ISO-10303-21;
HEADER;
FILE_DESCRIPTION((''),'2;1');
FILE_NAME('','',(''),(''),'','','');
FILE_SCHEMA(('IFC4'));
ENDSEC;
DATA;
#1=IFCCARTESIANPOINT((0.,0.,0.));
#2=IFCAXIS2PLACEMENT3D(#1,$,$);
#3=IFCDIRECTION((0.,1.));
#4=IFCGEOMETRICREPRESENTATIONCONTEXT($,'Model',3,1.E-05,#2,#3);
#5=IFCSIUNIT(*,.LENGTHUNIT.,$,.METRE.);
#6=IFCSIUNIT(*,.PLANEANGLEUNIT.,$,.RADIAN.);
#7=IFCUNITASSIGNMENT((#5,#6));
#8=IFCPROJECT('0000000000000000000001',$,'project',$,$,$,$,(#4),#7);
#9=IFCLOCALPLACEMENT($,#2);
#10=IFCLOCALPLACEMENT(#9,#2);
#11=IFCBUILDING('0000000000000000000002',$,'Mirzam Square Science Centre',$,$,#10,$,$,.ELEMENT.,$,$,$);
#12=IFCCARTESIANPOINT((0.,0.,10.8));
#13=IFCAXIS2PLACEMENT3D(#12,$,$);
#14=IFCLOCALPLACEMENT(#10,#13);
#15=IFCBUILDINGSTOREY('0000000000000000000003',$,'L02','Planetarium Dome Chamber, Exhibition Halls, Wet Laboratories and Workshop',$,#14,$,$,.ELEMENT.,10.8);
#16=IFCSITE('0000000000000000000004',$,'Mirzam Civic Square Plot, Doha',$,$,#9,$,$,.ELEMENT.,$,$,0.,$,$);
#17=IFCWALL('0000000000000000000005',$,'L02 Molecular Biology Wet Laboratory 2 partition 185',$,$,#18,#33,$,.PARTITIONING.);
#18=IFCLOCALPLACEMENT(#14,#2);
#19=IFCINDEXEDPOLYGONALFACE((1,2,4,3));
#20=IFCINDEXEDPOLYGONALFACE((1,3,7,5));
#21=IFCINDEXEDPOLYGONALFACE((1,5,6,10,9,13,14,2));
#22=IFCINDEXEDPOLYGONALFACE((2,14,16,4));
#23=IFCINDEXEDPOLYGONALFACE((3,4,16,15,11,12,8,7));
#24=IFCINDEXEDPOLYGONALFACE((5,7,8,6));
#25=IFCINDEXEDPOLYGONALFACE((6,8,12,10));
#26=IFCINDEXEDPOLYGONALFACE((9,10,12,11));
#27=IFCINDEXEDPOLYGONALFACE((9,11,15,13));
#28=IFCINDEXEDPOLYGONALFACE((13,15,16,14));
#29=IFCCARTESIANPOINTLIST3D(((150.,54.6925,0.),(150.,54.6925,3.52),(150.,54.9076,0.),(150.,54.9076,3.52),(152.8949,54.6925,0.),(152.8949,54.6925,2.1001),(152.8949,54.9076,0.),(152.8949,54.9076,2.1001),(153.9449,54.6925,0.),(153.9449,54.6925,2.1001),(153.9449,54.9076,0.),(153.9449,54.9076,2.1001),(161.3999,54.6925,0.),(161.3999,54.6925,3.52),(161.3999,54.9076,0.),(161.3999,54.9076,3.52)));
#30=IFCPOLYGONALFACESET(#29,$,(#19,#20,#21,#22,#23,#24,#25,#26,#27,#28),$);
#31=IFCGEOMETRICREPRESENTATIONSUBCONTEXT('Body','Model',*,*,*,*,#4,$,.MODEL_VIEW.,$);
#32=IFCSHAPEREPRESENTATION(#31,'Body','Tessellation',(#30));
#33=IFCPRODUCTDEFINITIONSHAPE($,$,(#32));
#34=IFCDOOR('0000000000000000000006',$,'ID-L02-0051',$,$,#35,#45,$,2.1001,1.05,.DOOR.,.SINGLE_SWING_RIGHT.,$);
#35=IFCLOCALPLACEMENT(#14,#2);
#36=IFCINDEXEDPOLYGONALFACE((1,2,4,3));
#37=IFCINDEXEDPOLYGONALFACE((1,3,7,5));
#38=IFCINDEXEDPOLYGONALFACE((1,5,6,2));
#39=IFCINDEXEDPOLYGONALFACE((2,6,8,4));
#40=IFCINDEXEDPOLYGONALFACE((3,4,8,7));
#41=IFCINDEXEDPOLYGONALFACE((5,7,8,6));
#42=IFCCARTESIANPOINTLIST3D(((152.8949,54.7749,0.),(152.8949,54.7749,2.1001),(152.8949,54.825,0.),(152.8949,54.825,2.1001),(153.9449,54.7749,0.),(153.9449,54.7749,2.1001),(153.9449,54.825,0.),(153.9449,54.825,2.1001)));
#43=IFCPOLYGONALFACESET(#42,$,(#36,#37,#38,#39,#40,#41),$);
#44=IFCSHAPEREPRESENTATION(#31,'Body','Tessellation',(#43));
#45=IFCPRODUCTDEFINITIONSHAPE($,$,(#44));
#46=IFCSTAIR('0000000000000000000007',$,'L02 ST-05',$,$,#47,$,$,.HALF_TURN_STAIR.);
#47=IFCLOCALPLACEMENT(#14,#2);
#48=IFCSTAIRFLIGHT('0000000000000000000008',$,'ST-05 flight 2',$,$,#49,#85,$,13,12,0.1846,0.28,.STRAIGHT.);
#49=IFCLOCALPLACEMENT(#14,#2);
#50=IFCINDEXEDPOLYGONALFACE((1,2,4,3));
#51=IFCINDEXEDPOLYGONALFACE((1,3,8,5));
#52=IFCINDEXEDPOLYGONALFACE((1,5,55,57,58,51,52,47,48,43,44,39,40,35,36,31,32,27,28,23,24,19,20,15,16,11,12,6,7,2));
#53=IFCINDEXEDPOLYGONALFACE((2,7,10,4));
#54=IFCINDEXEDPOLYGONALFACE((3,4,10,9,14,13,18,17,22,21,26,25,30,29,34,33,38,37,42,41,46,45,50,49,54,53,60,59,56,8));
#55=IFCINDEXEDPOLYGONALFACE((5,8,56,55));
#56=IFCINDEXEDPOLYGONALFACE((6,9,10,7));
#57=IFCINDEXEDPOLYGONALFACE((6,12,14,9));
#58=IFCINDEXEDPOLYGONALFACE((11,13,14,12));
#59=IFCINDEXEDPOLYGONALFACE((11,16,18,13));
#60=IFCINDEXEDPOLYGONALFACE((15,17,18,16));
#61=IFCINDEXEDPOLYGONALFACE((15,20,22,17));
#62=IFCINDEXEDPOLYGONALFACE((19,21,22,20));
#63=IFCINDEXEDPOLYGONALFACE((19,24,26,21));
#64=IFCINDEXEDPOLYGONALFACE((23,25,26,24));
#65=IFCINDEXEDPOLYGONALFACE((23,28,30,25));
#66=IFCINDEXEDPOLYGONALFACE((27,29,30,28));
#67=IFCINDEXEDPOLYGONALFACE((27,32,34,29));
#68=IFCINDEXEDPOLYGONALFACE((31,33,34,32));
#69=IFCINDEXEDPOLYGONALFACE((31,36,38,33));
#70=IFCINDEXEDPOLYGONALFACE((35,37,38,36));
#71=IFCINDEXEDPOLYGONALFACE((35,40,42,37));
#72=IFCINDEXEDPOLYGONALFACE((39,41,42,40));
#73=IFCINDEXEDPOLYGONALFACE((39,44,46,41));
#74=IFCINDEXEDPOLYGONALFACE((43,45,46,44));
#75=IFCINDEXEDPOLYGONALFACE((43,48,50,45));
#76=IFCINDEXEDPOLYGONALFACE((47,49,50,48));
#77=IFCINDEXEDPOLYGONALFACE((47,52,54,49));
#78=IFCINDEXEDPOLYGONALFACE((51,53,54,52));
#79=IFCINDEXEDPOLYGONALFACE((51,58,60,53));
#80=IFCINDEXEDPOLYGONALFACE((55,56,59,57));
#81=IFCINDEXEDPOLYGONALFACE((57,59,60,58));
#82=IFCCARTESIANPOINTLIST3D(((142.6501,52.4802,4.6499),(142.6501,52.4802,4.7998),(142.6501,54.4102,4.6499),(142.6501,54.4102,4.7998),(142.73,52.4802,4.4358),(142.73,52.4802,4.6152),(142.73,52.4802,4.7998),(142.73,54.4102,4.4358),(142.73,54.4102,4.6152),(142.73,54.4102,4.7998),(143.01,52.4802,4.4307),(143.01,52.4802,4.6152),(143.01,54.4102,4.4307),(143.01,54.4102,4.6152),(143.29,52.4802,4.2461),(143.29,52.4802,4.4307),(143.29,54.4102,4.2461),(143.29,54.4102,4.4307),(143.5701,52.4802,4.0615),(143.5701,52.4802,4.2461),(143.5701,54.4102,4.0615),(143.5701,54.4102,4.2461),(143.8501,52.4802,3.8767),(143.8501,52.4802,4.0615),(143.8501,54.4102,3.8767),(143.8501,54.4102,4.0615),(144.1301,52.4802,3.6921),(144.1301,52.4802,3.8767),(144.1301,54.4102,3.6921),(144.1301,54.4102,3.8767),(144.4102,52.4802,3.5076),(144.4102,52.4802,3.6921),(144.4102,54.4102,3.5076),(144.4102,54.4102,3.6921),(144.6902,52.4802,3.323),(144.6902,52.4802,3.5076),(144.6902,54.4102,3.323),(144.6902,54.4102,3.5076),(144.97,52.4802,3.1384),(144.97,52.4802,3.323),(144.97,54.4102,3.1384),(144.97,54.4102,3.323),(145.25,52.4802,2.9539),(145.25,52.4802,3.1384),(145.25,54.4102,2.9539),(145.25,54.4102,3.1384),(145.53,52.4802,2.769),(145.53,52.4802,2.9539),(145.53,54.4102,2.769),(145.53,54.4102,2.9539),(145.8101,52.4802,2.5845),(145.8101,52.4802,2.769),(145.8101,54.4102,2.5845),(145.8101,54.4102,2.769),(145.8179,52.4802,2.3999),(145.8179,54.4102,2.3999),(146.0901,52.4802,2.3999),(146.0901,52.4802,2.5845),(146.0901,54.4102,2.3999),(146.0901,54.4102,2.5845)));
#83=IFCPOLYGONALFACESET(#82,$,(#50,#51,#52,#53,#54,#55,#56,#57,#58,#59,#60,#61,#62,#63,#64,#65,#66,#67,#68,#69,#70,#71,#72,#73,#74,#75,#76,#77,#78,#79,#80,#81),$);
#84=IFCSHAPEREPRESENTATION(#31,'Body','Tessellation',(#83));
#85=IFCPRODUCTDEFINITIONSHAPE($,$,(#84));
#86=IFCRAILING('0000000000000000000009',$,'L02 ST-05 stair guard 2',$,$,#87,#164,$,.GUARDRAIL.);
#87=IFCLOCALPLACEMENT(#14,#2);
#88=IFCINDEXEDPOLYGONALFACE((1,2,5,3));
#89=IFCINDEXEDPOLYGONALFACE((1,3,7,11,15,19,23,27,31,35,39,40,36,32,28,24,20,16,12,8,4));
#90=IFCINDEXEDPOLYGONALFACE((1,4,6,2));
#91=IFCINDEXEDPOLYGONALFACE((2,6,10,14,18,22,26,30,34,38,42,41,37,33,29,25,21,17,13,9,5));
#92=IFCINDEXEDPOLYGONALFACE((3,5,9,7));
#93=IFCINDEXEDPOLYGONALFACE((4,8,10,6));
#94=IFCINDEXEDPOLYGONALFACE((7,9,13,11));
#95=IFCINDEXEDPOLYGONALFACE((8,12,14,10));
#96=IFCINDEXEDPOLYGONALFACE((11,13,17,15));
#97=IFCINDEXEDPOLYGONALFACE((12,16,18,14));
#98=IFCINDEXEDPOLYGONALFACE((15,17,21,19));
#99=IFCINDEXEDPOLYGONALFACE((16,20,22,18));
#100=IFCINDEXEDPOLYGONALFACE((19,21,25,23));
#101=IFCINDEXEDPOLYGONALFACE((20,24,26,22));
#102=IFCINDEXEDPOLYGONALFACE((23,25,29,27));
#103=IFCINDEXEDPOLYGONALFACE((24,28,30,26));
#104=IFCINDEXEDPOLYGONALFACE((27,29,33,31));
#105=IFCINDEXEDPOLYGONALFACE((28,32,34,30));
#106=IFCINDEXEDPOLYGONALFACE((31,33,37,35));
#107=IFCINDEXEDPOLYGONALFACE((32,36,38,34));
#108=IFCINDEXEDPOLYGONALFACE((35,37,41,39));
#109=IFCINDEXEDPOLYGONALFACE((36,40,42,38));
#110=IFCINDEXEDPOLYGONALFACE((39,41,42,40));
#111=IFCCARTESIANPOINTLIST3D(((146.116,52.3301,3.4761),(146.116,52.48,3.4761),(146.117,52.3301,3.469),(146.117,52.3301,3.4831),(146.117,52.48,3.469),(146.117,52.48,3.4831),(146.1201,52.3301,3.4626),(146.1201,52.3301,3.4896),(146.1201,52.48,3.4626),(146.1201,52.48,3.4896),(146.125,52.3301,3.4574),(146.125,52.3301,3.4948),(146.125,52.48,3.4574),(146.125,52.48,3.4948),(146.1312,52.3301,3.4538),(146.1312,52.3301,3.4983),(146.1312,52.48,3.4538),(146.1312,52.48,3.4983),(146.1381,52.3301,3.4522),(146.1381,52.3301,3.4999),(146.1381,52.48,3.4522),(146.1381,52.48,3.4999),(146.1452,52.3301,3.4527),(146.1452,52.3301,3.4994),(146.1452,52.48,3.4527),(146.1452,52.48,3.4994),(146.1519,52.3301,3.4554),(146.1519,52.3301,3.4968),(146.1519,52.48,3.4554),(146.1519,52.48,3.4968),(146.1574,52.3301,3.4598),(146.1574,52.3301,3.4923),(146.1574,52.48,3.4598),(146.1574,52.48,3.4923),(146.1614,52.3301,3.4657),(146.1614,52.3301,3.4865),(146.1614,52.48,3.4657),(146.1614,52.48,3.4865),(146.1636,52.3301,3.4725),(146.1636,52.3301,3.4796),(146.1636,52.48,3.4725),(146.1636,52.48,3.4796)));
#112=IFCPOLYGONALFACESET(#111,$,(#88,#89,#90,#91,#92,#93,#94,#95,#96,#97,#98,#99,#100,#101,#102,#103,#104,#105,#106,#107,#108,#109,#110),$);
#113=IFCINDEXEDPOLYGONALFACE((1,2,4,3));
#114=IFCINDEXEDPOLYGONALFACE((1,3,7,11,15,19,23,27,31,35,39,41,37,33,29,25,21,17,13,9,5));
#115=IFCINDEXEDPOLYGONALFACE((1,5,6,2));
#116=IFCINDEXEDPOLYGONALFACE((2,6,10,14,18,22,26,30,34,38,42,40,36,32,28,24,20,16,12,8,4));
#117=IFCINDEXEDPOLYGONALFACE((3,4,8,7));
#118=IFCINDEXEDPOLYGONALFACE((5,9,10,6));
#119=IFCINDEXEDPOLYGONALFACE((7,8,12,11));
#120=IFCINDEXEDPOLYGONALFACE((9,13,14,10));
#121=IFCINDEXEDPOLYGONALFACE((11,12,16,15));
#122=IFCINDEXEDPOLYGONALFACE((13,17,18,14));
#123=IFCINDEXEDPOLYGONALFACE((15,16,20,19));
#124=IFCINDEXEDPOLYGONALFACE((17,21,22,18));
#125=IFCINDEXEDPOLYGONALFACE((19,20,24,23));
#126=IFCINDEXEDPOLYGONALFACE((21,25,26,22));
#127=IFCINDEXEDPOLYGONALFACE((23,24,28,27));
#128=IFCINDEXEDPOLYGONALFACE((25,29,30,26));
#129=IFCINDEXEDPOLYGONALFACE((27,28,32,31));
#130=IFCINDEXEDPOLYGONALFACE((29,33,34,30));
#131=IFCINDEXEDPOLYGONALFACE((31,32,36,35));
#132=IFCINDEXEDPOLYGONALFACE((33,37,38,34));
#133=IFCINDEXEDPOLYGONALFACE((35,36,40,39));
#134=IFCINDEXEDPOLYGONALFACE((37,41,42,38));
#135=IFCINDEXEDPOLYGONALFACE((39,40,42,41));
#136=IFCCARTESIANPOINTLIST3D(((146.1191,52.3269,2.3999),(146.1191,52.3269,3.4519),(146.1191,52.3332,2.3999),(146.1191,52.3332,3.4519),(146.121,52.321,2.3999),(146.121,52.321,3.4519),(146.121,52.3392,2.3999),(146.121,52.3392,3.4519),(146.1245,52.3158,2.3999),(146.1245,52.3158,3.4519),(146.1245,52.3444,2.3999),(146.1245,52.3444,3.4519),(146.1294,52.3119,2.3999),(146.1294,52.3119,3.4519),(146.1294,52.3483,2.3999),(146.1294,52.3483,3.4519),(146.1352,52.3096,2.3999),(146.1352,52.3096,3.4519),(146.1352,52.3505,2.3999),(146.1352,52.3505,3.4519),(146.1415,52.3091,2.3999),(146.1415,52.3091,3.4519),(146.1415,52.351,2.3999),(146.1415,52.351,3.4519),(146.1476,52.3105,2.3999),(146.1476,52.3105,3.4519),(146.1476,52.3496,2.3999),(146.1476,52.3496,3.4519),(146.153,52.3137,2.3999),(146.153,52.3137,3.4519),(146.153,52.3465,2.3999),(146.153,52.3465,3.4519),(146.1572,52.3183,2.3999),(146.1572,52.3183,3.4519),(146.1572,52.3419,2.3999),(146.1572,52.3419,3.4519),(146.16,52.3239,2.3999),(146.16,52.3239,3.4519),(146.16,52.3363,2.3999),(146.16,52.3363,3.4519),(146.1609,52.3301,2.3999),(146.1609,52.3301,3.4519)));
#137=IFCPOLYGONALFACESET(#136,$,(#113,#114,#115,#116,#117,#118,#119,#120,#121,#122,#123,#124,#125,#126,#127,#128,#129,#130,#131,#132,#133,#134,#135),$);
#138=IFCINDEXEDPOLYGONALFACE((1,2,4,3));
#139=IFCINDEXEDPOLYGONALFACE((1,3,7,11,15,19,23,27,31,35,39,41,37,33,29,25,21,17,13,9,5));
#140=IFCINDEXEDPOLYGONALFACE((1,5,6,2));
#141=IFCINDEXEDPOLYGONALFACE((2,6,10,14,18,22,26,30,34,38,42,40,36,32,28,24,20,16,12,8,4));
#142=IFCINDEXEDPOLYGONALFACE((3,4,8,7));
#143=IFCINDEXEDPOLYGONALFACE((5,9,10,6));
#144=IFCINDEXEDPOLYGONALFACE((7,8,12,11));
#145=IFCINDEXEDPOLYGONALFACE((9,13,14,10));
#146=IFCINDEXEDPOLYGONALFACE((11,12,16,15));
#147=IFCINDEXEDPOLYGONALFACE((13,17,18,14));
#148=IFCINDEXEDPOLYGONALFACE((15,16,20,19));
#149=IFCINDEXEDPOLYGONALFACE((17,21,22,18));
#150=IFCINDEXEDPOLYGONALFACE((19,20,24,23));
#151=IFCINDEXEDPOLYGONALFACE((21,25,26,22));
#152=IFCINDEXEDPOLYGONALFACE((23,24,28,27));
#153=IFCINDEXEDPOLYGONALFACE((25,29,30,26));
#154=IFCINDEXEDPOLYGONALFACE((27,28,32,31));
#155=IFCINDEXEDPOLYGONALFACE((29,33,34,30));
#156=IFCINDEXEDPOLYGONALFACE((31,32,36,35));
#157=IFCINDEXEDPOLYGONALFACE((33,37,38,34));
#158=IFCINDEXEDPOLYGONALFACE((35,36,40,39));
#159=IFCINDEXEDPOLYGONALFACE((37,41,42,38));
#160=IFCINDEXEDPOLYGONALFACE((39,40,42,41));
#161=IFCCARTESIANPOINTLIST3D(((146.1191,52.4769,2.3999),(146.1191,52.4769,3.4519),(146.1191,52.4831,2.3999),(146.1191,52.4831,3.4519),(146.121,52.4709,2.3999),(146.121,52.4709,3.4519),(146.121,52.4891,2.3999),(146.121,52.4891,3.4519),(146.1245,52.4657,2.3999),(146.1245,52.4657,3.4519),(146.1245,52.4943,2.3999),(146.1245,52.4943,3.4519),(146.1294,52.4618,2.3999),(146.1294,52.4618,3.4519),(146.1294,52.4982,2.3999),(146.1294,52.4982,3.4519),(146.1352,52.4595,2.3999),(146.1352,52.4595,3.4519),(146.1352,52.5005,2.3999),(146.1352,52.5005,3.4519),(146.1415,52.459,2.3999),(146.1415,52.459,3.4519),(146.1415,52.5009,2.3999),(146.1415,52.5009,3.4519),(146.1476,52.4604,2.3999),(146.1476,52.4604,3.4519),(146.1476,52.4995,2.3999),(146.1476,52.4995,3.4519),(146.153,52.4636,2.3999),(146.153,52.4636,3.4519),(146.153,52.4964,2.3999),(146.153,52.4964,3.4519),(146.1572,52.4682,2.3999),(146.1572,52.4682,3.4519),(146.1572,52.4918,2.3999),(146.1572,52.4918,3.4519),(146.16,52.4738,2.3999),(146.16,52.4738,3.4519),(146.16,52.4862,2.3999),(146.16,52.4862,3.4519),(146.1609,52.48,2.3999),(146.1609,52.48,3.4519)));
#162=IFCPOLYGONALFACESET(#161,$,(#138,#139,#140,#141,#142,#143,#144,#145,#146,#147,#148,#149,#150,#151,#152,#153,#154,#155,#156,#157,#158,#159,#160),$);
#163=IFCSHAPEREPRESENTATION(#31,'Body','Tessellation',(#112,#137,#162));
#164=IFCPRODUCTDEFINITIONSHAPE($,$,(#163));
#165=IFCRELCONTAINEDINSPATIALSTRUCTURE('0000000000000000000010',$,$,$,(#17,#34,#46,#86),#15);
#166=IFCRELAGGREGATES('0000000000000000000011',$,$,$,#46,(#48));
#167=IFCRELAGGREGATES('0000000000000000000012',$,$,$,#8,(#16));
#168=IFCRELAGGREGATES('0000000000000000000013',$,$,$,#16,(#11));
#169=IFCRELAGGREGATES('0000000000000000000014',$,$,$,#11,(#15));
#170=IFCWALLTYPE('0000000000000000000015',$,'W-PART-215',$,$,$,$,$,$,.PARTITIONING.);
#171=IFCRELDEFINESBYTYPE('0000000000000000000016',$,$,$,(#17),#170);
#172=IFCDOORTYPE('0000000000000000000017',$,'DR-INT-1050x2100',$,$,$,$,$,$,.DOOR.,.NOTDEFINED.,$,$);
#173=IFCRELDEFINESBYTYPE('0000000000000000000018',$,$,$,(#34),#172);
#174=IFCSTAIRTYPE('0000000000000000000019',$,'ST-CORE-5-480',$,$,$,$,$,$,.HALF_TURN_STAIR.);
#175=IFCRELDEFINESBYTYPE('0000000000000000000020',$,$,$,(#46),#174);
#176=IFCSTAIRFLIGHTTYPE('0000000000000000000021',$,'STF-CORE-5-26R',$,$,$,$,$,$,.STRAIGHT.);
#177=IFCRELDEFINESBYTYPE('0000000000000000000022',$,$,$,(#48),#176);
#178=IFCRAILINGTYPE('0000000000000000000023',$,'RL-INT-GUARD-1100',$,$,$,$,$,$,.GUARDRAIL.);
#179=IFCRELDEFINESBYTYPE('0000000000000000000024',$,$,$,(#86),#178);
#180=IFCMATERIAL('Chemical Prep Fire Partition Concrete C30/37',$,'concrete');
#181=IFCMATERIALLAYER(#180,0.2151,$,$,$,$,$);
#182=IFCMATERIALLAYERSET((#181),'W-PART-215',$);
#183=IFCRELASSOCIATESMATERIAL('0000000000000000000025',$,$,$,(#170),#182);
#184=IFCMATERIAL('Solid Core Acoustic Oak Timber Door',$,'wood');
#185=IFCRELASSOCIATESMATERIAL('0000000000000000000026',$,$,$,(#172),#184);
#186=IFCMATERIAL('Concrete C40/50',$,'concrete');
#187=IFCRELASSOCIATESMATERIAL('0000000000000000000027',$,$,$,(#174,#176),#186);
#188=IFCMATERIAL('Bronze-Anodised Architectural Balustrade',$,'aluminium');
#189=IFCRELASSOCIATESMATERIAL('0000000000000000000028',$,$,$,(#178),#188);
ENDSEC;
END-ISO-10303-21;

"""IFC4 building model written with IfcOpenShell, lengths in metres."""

from ifc_helpers import new_model, si_unit, direction, frame, frame_2d, origin, origin_2d, place, context, subcontext, project, spatial, polyline, rectangle, circle, outline, extrude, material, layer, layer_set, type_object, element, fill, aggregate, save


model = new_model("IFC4")

# Units and contexts
model_context = context("Model", 3, precision=1e-05, world=origin(), true_north=direction((0.0, 1.0)))
body_context = subcontext(model_context, "Body", "Model", "MODEL_VIEW")
ifc_project = project(units=[si_unit("LENGTHUNIT", "METRE"), si_unit("PLANEANGLEUNIT", "RADIAN")], contexts=[model_context])

# Site, building, storey
site_placement = place(None, origin())
site = spatial("IfcSite", under=ifc_project, at=site_placement, Name="Mirzam Civic Square Plot, Doha", CompositionType="ELEMENT", RefElevation=0.0)
building_placement = place(site_placement, origin())
building = spatial("IfcBuilding", under=site, at=building_placement, Name="Mirzam Square Science Centre", CompositionType="ELEMENT")
storey_placement = place(building_placement, frame((0.0, 0.0, 10.8)))
storey = spatial("IfcBuildingStorey", under=building, at=storey_placement, Name="L02", Description="Planetarium Dome Chamber, Exhibition Halls, Wet Laboratories and Workshop", CompositionType="ELEMENT", Elevation=10.8)

# Wall, opening, door
ifc_material_1 = material(Name="Chemical Prep Fire Partition Concrete C30/37", Category="concrete")
ifc_layer_1 = layer(ifc_material_1, 0.2151)
ifc_layer_set_1 = layer_set([ifc_layer_1], Name="W-PART-215")
wall_type_1 = type_object("IfcWallType", Name="W-PART-215", PredefinedType="PARTITIONING", material=ifc_layer_set_1)
wall_1_placement = place(storey_placement, frame((150.0, 54.8, 0.0), z_axis=(0.0, 0.0, 1.0), x_axis=(1.0, 0.0, 0.0)))
wall_1 = element("IfcWall", 1, at=wall_1_placement, inside=storey, type_object=wall_type_1, Name="L02 Molecular Biology Wet Laboratory 2 partition 185", PredefinedType="PARTITIONING", context=body_context, shape_type="SweptSolid", body=[
    extrude(rectangle(XDim=11.3999, YDim=0.2151, at=frame_2d((5.7, 0.0))), origin(), (0.0, 0.0, 1.0), 3.52),
])
opening_placement = place(wall_1_placement, frame((2.895, 0.0, 0.0)))
opening = element("IfcOpeningElement", 2, at=opening_placement, cuts=wall_1, PredefinedType="OPENING", context=body_context, shape_type="SweptSolid", body=[
    extrude(rectangle(XDim=1.05, YDim=2.1001, at=frame_2d((0.5249, 1.05))), frame((0.0, 0.1174, 0.0), z_axis=(0.0, -1.0, 0.0), x_axis=(1.0, 0.0, 0.0)), (0.0, 0.0, 1.0), 0.2351),
])
ifc_material_2 = material(Name="Solid Core Acoustic Oak Timber Door", Category="wood")
door_type = type_object("IfcDoorType", Name="DR-INT-1050x2100", OperationType="NOTDEFINED", PredefinedType="DOOR", material=ifc_material_2)
door_placement = place(opening_placement, origin())
door = element("IfcDoor", 3, at=door_placement, inside=storey, type_object=door_type, Name="ID-L02-0051", OperationType="SINGLE_SWING_RIGHT", OverallHeight=2.1001, OverallWidth=1.05, PredefinedType="DOOR", context=body_context, shape_type="SweptSolid", body=[
    extrude(rectangle(XDim=1.05, YDim=2.1001, at=frame_2d((0.5249, 1.05))), frame((0.0, 0.0249, 0.0), z_axis=(0.0, -1.0, 0.0), x_axis=(1.0, 0.0, 0.0)), (0.0, 0.0, 1.0), 0.05),
])
fill(opening, door)

# Stair, stair flight
ifc_material_3 = material(Name="Concrete C40/50", Category="concrete")
stair_type = type_object("IfcStairType", Name="ST-CORE-5-480", PredefinedType="HALF_TURN_STAIR", material=ifc_material_3)
stair_placement = place(storey_placement, origin())
stair = element("IfcStair", 4, at=stair_placement, inside=storey, type_object=stair_type, Name="L02 ST-05", PredefinedType="HALF_TURN_STAIR")
stair_flight_type = type_object("IfcStairFlightType", Name="STF-CORE-5-26R", PredefinedType="STRAIGHT", material=ifc_material_3)
stair_flight_placement = place(storey_placement, frame((146.0901, 53.4451, 2.3999), z_axis=(0.0, 0.0, 1.0), x_axis=(-1.0, 0.0, 0.0)))
stair_flight = element("IfcStairFlight", 5, at=stair_flight_placement, type_object=stair_flight_type, Name="ST-05 flight 2", NumberOfRisers=13, NumberOfTreads=12, PredefinedType="STRAIGHT", RiserHeight=0.1846, TreadLength=0.28, context=body_context, shape_type="SweptSolid", body=[
    extrude(outline(polyline([(0.0, 0.0), (0.0, 0.1846), (0.28, 0.1846), (0.28, 0.3691), (0.5601, 0.3691), (0.5601, 0.554), (0.8401, 0.554), (0.8401, 0.7385), (1.1201, 0.7385), (1.1201, 0.9231), (1.3999, 0.9231), (1.3999, 1.1077), (1.6799, 1.1077), (1.6799, 1.2922), (1.96, 1.2922), (1.96, 1.4768), (2.24, 1.4768), (2.24, 1.6616), (2.52, 1.6616), (2.52, 1.8462), (2.8, 1.8462), (2.8, 2.0308), (3.0801, 2.0308), (3.0801, 2.2153), (3.3601, 2.2153), (3.3601, 2.3999), (3.4399, 2.3999), (3.4399, 2.25), (3.3601, 2.0359), (0.2722, 0.0), (0.0, 0.0)])), frame((0.0, 0.9648, 0.0), z_axis=(0.0, -1.0, 0.0), x_axis=(1.0, 0.0, 0.0)), (0.0, 0.0, 1.0), 1.9299),
])
aggregate(stair, [stair_flight])

# Railing
ifc_material_4 = material(Name="Bronze-Anodised Architectural Balustrade", Category="aluminium")
railing_type_1 = type_object("IfcRailingType", Name="RL-INT-GUARD-1100", PredefinedType="GUARDRAIL", material=ifc_material_4)
railing_1_placement = place(storey_placement, frame((146.1399, 52.3301, 2.3999)))
element("IfcRailing", 6, at=railing_1_placement, inside=storey, type_object=railing_type_1, Name="L02 ST-05 stair guard 2", PredefinedType="GUARDRAIL", context=body_context, shape_type="SweptSolid", body=[
    extrude(circle(Radius=0.0239, at=origin_2d()), frame((0.0, 0.0, 1.0762), z_axis=(0.0, 1.0, 0.0), x_axis=(-1.0, 0.0, 0.0)), (0.0, 0.0, 1.0), 0.1499),
    extrude(circle(Radius=0.021, at=origin_2d()), origin(), (0.0, 0.0, 1.0), 1.052),
    extrude(circle(Radius=0.021, at=origin_2d()), frame((0.0, 0.1499, 0.0)), (0.0, 0.0, 1.0), 1.052),
])

save(model, "model.ifc")
